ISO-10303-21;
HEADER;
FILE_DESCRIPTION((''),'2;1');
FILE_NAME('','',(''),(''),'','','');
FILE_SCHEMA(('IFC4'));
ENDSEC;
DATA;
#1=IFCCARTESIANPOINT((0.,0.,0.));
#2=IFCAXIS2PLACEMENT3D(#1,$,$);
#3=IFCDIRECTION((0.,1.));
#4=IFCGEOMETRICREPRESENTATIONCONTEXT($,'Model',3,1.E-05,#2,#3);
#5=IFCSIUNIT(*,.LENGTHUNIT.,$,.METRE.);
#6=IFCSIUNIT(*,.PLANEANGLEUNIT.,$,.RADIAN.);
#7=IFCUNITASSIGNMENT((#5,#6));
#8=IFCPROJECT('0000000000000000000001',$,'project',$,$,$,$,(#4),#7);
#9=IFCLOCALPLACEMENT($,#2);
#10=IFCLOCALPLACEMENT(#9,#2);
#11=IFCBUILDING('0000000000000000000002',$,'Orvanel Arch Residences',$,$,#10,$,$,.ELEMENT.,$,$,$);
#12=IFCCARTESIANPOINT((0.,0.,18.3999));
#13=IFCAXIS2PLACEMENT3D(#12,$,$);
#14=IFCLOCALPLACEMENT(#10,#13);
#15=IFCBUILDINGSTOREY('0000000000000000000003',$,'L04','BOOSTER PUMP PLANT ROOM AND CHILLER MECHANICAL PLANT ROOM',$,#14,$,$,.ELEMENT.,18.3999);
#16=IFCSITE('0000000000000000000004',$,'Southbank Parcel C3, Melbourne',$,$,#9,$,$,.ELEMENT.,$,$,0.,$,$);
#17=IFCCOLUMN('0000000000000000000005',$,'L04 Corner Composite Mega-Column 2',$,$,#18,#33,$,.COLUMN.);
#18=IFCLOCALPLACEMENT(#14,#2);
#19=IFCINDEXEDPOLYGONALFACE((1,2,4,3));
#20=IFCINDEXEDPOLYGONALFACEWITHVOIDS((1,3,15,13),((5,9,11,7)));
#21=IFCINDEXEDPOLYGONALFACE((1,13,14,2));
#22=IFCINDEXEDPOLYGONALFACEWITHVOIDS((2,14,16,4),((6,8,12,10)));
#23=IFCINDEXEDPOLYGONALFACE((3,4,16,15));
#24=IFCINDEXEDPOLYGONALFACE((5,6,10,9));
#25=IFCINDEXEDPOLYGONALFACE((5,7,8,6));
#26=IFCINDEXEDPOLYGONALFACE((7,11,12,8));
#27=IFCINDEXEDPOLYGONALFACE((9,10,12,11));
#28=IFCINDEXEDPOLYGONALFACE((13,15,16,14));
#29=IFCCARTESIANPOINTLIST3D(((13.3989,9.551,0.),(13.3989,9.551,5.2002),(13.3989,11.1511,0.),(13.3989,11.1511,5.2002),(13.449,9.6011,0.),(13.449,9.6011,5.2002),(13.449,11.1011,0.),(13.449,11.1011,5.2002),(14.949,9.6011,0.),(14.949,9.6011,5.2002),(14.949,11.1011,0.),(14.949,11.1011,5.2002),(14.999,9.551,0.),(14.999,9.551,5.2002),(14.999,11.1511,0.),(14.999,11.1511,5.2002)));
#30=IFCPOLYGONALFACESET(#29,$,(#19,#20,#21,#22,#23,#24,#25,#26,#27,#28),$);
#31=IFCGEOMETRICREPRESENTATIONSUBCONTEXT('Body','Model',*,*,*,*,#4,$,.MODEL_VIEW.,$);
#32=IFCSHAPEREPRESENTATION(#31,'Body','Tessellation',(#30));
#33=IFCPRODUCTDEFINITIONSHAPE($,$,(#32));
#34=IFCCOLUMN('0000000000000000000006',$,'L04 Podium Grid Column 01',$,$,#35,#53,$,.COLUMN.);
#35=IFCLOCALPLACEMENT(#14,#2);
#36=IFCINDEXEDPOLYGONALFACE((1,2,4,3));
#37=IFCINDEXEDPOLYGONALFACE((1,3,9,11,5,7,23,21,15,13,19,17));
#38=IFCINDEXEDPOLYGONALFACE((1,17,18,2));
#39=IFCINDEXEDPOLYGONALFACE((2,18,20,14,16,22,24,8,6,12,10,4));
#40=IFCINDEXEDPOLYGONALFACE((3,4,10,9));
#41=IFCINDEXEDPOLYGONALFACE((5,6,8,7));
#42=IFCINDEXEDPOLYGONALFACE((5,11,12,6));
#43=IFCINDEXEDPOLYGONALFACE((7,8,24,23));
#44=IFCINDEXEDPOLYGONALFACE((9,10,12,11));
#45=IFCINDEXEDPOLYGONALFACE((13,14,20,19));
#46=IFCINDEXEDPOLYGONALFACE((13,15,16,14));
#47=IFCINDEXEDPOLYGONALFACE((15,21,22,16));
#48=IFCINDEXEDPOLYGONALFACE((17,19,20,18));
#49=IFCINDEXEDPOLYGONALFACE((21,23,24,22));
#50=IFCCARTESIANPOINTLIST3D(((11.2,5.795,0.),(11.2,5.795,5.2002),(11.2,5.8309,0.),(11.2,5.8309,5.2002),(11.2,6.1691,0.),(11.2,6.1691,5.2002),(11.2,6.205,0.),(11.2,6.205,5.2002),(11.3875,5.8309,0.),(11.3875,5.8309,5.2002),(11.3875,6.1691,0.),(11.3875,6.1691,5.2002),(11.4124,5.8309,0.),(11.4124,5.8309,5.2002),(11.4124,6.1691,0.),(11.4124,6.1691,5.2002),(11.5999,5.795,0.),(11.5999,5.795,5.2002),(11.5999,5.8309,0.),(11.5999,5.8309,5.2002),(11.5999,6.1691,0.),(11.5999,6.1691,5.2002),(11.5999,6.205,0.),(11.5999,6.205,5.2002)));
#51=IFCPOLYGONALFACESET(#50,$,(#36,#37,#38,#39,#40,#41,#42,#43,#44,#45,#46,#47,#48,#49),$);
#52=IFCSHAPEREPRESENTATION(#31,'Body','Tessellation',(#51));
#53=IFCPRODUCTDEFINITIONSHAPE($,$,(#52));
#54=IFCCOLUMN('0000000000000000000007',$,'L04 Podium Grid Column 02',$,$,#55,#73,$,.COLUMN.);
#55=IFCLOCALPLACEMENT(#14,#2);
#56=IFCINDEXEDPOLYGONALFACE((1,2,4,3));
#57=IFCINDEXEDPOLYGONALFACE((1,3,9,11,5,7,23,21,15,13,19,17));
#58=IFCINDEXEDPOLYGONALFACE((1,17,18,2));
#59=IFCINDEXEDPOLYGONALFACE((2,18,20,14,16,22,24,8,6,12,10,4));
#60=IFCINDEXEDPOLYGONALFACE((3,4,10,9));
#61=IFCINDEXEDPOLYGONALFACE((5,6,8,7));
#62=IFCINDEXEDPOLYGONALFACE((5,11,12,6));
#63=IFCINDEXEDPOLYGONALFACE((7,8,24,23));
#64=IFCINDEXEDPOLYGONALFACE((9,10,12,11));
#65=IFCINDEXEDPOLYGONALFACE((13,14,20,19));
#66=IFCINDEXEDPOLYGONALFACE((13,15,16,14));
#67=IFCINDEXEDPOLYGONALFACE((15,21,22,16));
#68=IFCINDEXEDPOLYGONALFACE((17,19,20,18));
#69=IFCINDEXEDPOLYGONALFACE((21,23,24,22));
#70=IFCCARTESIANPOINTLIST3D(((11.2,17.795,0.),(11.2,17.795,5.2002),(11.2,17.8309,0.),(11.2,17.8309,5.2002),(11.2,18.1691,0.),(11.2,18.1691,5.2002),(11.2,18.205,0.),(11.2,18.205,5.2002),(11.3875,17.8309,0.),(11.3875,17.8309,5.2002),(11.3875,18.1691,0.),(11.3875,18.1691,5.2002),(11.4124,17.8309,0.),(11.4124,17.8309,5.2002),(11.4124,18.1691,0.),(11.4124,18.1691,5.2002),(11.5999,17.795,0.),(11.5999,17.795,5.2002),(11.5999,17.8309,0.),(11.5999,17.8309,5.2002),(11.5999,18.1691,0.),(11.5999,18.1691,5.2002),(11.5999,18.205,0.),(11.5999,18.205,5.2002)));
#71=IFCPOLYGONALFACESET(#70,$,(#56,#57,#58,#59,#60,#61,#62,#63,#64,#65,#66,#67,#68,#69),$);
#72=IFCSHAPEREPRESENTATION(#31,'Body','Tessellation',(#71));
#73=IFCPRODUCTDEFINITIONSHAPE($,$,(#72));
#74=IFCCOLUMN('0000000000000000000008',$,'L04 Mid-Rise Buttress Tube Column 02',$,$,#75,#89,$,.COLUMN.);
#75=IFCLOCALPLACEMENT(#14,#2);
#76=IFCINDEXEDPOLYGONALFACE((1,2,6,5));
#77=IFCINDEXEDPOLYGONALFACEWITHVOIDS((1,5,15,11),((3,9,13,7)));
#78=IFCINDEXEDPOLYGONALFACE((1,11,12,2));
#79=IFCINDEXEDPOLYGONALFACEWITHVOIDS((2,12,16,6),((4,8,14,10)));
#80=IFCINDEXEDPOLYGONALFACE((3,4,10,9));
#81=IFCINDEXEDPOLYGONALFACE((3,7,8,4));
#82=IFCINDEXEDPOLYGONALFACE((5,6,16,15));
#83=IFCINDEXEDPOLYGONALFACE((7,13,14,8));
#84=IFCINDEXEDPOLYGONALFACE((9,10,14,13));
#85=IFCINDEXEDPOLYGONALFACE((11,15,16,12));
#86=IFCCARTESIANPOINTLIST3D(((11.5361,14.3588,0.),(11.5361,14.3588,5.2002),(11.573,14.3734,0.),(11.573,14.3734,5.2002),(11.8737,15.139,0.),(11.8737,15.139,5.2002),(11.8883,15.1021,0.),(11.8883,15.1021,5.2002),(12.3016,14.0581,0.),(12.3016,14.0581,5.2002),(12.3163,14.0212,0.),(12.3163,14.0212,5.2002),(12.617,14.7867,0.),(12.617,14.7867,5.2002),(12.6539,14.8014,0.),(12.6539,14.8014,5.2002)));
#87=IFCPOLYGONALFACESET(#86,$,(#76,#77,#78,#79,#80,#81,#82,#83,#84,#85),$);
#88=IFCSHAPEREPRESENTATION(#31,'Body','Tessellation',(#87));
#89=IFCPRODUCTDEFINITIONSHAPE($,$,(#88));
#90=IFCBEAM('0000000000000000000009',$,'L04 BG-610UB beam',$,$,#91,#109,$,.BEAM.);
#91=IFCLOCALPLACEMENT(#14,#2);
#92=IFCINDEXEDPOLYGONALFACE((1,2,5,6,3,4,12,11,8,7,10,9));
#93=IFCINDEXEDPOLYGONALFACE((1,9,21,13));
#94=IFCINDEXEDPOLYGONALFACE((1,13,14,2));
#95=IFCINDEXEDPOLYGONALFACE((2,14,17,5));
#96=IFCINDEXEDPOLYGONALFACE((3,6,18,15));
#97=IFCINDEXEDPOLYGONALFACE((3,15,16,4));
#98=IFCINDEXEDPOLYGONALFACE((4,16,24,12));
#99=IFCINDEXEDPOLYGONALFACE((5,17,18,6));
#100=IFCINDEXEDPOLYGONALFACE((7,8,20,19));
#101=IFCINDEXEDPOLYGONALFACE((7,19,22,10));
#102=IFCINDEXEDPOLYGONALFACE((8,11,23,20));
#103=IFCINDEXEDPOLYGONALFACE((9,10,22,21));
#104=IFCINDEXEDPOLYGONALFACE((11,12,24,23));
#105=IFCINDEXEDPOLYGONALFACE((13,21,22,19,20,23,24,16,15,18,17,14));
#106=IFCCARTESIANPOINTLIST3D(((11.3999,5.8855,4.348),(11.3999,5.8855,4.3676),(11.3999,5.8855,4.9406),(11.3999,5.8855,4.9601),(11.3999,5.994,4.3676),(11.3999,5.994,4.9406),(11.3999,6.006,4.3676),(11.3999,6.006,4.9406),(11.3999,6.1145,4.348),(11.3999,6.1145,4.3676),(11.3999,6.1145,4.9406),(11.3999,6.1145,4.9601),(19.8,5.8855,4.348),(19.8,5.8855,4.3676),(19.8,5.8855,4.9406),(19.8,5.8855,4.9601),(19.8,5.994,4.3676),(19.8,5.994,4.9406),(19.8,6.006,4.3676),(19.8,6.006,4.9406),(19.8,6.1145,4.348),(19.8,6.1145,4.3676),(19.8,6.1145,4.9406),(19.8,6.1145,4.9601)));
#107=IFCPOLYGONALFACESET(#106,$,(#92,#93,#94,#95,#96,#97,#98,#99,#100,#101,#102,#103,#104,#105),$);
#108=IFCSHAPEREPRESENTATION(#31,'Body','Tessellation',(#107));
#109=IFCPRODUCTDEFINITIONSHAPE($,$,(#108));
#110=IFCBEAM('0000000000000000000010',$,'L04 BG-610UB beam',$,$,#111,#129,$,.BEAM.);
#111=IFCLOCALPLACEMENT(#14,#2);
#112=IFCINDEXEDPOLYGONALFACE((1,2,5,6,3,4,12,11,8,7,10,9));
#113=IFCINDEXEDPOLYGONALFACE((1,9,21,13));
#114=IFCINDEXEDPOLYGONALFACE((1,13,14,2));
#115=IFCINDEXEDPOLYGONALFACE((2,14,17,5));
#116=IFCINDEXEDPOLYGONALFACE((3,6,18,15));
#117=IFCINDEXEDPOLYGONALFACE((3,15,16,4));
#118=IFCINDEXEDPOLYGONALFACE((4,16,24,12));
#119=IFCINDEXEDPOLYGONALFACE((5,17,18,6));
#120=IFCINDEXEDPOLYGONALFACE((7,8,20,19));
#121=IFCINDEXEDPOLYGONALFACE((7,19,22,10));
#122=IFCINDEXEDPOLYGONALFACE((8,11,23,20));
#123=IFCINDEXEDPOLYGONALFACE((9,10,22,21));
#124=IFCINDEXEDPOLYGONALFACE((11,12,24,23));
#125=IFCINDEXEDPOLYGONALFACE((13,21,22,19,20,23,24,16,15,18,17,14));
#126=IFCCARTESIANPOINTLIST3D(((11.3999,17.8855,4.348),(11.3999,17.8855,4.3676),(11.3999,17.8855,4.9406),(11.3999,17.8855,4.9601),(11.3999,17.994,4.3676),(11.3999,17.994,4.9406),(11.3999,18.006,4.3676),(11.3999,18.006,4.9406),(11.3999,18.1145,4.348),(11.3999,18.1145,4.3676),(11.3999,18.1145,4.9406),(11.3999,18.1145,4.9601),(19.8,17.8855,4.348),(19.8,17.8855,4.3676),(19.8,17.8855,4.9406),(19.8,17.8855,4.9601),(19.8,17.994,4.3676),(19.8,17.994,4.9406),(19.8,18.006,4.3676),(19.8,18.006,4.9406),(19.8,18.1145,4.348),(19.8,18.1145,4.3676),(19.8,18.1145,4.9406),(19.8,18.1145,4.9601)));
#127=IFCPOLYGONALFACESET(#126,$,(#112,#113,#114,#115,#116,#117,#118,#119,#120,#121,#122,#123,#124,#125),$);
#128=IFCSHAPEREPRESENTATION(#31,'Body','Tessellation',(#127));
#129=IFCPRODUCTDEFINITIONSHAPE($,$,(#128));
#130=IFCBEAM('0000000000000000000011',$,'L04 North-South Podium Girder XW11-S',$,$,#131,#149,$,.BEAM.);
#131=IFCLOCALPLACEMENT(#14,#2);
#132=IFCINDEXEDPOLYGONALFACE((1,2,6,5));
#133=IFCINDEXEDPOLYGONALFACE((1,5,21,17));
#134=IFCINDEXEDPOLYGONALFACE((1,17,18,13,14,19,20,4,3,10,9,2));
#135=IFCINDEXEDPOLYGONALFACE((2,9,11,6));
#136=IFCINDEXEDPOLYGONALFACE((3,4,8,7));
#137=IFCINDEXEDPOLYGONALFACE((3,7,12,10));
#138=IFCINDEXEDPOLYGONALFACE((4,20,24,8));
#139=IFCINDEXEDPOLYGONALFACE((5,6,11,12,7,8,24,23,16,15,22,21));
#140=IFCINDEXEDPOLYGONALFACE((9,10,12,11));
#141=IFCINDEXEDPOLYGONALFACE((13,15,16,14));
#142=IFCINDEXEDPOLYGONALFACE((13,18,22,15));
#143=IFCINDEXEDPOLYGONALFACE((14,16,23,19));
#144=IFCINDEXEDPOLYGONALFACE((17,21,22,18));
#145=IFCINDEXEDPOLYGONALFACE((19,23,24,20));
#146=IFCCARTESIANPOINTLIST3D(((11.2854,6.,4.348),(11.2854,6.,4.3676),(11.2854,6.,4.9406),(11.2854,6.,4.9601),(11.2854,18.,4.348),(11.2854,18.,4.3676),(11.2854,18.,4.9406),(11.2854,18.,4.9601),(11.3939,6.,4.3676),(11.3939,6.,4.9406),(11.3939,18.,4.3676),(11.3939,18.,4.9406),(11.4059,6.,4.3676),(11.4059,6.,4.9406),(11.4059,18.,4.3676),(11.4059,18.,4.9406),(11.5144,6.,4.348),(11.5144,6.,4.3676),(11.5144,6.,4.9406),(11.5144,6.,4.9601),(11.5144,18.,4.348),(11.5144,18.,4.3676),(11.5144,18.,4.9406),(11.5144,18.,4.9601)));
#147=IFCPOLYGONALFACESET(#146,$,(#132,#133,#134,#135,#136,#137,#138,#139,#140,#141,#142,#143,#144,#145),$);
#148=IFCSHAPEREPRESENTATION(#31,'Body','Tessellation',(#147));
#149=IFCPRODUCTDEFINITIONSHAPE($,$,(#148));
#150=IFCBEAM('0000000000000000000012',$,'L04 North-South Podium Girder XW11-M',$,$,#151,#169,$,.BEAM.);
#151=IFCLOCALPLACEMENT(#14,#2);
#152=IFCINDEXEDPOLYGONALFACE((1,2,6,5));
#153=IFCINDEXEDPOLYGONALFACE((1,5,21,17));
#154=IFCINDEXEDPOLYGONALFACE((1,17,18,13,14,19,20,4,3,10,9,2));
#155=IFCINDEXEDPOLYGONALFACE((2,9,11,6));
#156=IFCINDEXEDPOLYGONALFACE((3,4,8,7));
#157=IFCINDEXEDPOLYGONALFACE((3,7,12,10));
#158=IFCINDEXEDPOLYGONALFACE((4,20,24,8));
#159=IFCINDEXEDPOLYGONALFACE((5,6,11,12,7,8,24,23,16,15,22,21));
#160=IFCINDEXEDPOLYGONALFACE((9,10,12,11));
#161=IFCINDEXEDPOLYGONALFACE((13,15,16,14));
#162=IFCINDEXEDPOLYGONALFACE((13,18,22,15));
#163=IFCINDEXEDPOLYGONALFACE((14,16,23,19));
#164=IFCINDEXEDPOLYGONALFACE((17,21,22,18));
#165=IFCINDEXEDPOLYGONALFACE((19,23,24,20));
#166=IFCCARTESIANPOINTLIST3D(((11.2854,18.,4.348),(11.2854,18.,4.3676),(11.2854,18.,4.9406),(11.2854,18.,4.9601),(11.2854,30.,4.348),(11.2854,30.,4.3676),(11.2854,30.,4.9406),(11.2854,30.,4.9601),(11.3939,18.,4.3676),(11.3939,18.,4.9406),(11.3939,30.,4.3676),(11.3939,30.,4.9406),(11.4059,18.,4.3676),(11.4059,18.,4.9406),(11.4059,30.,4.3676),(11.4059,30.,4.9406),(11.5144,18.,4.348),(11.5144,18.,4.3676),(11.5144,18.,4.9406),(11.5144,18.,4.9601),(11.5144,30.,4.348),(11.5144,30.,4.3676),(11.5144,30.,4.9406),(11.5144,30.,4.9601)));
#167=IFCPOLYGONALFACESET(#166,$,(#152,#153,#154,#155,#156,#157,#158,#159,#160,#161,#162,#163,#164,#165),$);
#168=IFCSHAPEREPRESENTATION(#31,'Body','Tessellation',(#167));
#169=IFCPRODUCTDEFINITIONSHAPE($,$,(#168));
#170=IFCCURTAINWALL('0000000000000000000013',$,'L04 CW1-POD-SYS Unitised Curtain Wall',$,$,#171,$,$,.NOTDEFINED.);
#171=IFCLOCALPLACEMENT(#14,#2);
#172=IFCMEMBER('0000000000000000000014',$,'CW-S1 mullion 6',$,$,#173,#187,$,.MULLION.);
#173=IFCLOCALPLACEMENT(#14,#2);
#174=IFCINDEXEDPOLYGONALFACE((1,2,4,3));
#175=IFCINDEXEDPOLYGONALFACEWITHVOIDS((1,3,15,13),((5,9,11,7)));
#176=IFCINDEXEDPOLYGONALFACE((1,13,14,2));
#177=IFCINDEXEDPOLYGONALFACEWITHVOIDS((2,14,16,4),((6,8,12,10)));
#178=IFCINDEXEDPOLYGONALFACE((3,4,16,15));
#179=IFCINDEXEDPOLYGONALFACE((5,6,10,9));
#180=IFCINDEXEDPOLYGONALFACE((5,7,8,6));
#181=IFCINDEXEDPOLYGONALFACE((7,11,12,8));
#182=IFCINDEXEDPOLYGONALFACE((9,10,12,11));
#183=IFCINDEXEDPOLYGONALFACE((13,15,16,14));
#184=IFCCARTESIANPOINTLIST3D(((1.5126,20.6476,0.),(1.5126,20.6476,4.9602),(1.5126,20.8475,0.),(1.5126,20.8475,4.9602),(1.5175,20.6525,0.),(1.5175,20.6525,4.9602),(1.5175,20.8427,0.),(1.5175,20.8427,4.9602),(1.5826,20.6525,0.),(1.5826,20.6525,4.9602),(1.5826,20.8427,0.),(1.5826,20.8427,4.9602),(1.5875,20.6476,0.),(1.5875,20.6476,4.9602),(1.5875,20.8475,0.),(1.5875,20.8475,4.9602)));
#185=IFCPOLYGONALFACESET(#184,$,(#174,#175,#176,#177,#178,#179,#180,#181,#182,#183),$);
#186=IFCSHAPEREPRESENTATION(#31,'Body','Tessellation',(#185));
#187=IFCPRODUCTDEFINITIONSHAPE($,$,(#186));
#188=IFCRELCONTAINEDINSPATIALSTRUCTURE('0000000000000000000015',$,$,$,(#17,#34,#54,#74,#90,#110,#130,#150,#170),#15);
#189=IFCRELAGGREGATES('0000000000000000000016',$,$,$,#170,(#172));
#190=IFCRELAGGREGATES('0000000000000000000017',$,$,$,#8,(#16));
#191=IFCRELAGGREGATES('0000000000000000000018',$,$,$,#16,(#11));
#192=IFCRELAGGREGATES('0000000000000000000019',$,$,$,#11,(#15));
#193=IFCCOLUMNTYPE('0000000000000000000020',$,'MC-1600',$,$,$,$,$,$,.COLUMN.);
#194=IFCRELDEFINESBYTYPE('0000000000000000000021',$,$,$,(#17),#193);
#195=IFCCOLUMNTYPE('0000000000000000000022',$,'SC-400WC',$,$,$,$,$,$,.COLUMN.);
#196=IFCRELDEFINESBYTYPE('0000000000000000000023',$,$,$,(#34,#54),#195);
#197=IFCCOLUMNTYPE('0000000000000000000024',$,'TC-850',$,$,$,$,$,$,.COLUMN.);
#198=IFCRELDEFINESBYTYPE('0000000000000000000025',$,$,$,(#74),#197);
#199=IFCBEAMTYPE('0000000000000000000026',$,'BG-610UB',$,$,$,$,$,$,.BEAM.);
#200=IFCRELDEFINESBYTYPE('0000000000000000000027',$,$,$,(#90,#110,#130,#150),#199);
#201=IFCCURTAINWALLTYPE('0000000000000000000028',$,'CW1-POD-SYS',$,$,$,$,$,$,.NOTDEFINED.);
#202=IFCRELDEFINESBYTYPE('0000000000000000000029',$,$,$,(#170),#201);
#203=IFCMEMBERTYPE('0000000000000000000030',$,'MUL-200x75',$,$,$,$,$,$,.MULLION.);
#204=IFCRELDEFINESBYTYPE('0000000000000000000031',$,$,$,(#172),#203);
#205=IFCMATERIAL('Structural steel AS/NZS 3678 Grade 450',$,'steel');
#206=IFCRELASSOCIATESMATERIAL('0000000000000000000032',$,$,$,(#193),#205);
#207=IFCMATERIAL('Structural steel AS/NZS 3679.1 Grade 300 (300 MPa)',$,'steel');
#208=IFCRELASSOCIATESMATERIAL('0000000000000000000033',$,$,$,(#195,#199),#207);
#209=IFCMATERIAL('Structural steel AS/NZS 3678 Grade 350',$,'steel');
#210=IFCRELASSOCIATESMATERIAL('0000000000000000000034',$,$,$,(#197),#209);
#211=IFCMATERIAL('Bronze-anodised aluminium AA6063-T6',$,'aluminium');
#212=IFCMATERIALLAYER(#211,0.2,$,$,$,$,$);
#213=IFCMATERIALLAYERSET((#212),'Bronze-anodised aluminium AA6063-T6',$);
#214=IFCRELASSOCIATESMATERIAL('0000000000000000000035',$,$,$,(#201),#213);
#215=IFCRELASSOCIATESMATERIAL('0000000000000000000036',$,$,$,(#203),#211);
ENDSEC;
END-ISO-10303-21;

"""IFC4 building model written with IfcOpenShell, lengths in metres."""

from ifc_helpers import new_model, si_unit, direction, frame, origin, origin_2d, place, context, subcontext, project, spatial, hollow_rectangle, i_section, extrude, material, layer, layer_set, material_profile, profile_set, type_object, element, aggregate, save


model = new_model("IFC4")

# Units and contexts
model_context = context("Model", 3, precision=1e-05, world=origin(), true_north=direction((0.0, 1.0)))
body_context = subcontext(model_context, "Body", "Model", "MODEL_VIEW")
ifc_project = project(units=[si_unit("LENGTHUNIT", "METRE"), si_unit("PLANEANGLEUNIT", "RADIAN")], contexts=[model_context])

# Site, building, storey
site_placement = place(None, origin())
site = spatial("IfcSite", under=ifc_project, at=site_placement, Name="Southbank Parcel C3, Melbourne", CompositionType="ELEMENT", RefElevation=0.0)
building_placement = place(site_placement, origin())
building = spatial("IfcBuilding", under=site, at=building_placement, Name="Orvanel Arch Residences", CompositionType="ELEMENT")
storey_placement = place(building_placement, frame((0.0, 0.0, 18.3999)))
storey = spatial("IfcBuildingStorey", under=building, at=storey_placement, Name="L04", Description="BOOSTER PUMP PLANT ROOM AND CHILLER MECHANICAL PLANT ROOM", CompositionType="ELEMENT", Elevation=18.3999)

# Columns
ifc_material_1 = material(Name="Structural steel AS/NZS 3678 Grade 450", Category="steel")
ifc_material_profile_1 = material_profile(ifc_material_1, hollow_rectangle(XDim=1.6001, YDim=1.6001, WallThickness=0.05, at=origin_2d()), Name="BOX1600x1600x50")
ifc_profile_set_1 = profile_set([ifc_material_profile_1], Name="Structural steel AS/NZS 3678 Grade 450")
column_type_1 = type_object("IfcColumnType", Name="MC-1600", PredefinedType="COLUMN", material=ifc_profile_set_1)
column_1_placement = place(storey_placement, frame((14.199, 10.3511, 0.0), z_axis=(0.0, 0.0, 1.0), x_axis=(1.0, 0.0, 0.0)))
element("IfcColumn", 1, at=column_1_placement, inside=storey, type_object=column_type_1, Name="L04 Corner Composite Mega-Column 2", PredefinedType="COLUMN", context=body_context, shape_type="SweptSolid", body=[
    extrude(hollow_rectangle(XDim=1.6001, YDim=1.6001, WallThickness=0.05, at=origin_2d()), origin(), (0.0, 0.0, 1.0), 5.2002),
])
ifc_material_2 = material(Name="Structural steel AS/NZS 3679.1 Grade 300 (300 MPa)", Category="steel")
ifc_material_profile_2 = material_profile(ifc_material_2, i_section(OverallWidth=0.3999, OverallDepth=0.4099, WebThickness=0.0249, FlangeThickness=0.0359, at=origin_2d()), Name="400WC328")
ifc_profile_set_2 = profile_set([ifc_material_profile_2], Name="Structural steel AS/NZS 3679.1 Grade 300 (300 MPa)")
column_type_2 = type_object("IfcColumnType", Name="SC-400WC", PredefinedType="COLUMN", material=ifc_profile_set_2)
for number, where, z_axis, x_axis, name in (
    (2, (11.3999, 6.0, 0.0), (0.0, 0.0, 1.0), (1.0, 0.0, 0.0), "L04 Podium Grid Column 01"),
    (3, (11.3999, 18.0, 0.0), (0.0, 0.0, 1.0), (1.0, 0.0, 0.0), "L04 Podium Grid Column 02"),
):
    element("IfcColumn", number, at=place(storey_placement, frame(where, z_axis=z_axis, x_axis=x_axis)), inside=storey, type_object=column_type_2, Name=name, PredefinedType="COLUMN", context=body_context, shape_type="SweptSolid", body=[
        extrude(i_section(OverallWidth=0.3999, OverallDepth=0.4099, WebThickness=0.0249, FlangeThickness=0.0359, at=origin_2d()), origin(), (0.0, 0.0, 1.0), 5.2002),
    ])
ifc_material_3 = material(Name="Structural steel AS/NZS 3678 Grade 350", Category="steel")
ifc_material_profile_3 = material_profile(ifc_material_3, hollow_rectangle(XDim=0.8501, YDim=0.8501, WallThickness=0.0281, at=origin_2d()), Name="BOX850x850x28")
ifc_profile_set_3 = profile_set([ifc_material_profile_3], Name="Structural steel AS/NZS 3678 Grade 350")
column_type_3 = type_object("IfcColumnType", Name="TC-850", PredefinedType="COLUMN", material=ifc_profile_set_3)
column_2_placement = place(storey_placement, frame((12.095, 14.5801, 0.0), z_axis=(0.0, 0.0, 1.0), x_axis=(0.397148, 0.917755, 0.0)))
element("IfcColumn", 4, at=column_2_placement, inside=storey, type_object=column_type_3, Name="L04 Mid-Rise Buttress Tube Column 02", PredefinedType="COLUMN", context=body_context, shape_type="SweptSolid", body=[
    extrude(hollow_rectangle(XDim=0.8501, YDim=0.8501, WallThickness=0.0281, at=origin_2d()), origin(), (0.0, 0.0, 1.0), 5.2002),
])

# Beams
ifc_material_profile_4 = material_profile(ifc_material_2, i_section(OverallWidth=0.229, OverallDepth=0.6121, WebThickness=0.012, FlangeThickness=0.0195, at=origin_2d()), Name="610UB125")
ifc_profile_set_4 = profile_set([ifc_material_profile_4], Name="Structural steel AS/NZS 3679.1 Grade 300 (300 MPa)")
beam_type = type_object("IfcBeamType", Name="BG-610UB", PredefinedType="BEAM", material=ifc_profile_set_4)
for number, where, z_axis, x_axis, name in (
    (5, (11.3999, 6.0, 4.6541), (1.0, 0.0, 0.0), (0.0, 1.0, 0.0), "L04 BG-610UB beam"),
    (6, (11.3999, 18.0, 4.6541), (1.0, 0.0, 0.0), (0.0, 1.0, 0.0), "L04 BG-610UB beam"),
):
    element("IfcBeam", number, at=place(storey_placement, frame(where, z_axis=z_axis, x_axis=x_axis)), inside=storey, type_object=beam_type, Name=name, PredefinedType="BEAM", context=body_context, shape_type="SweptSolid", body=[
        extrude(i_section(OverallWidth=0.229, OverallDepth=0.6121, WebThickness=0.012, FlangeThickness=0.0195, at=origin_2d()), origin(), (0.0, 0.0, 1.0), 8.4001),
    ])
for number, where, z_axis, x_axis, name in (
    (7, (11.3999, 6.0, 4.6541), (0.0, 1.0, 0.0), (-1.0, 0.0, 0.0), "L04 North-South Podium Girder XW11-S"),
    (8, (11.3999, 18.0, 4.6541), (0.0, 1.0, 0.0), (-1.0, 0.0, 0.0), "L04 North-South Podium Girder XW11-M"),
):
    element("IfcBeam", number, at=place(storey_placement, frame(where, z_axis=z_axis, x_axis=x_axis)), inside=storey, type_object=beam_type, Name=name, PredefinedType="BEAM", context=body_context, shape_type="SweptSolid", body=[
        extrude(i_section(OverallWidth=0.229, OverallDepth=0.6121, WebThickness=0.012, FlangeThickness=0.0195, at=origin_2d()), origin(), (0.0, 0.0, 1.0), 12.0),
    ])

# Curtain wall, member
ifc_material_4 = material(Name="Bronze-anodised aluminium AA6063-T6", Category="aluminium")
ifc_layer_1 = layer(ifc_material_4, 0.2)
ifc_layer_set_1 = layer_set([ifc_layer_1], Name="Bronze-anodised aluminium AA6063-T6")
curtain_wall_type = type_object("IfcCurtainWallType", Name="CW1-POD-SYS", PredefinedType="NOTDEFINED", material=ifc_layer_set_1)
curtain_wall_placement = place(storey_placement, origin())
curtain_wall = element("IfcCurtainWall", 9, at=curtain_wall_placement, inside=storey, type_object=curtain_wall_type, Name="L04 CW1-POD-SYS Unitised Curtain Wall", PredefinedType="NOTDEFINED")
ifc_material_profile_5 = material_profile(ifc_material_4, hollow_rectangle(XDim=0.075, YDim=0.2, WallThickness=0.0049, at=origin_2d()), Name="ALU200x75x5")
ifc_profile_set_5 = profile_set([ifc_material_profile_5], Name="Bronze-anodised aluminium AA6063-T6")
member_type_1 = type_object("IfcMemberType", Name="MUL-200x75", PredefinedType="MULLION", material=ifc_profile_set_5)
member_1_placement = place(storey_placement, frame((1.55, 20.7476, 0.0), z_axis=(0.0, 0.0, 1.0), x_axis=(1.0, 0.0, 0.0)))
member_1 = element("IfcMember", 10, at=member_1_placement, type_object=member_type_1, Name="CW-S1 mullion 6", PredefinedType="MULLION", context=body_context, shape_type="SweptSolid", body=[
    extrude(hollow_rectangle(XDim=0.075, YDim=0.2, WallThickness=0.0049, at=origin_2d()), origin(), (0.0, 0.0, 1.0), 4.9602),
])
aggregate(curtain_wall, [member_1])

save(model, "model.ifc")
